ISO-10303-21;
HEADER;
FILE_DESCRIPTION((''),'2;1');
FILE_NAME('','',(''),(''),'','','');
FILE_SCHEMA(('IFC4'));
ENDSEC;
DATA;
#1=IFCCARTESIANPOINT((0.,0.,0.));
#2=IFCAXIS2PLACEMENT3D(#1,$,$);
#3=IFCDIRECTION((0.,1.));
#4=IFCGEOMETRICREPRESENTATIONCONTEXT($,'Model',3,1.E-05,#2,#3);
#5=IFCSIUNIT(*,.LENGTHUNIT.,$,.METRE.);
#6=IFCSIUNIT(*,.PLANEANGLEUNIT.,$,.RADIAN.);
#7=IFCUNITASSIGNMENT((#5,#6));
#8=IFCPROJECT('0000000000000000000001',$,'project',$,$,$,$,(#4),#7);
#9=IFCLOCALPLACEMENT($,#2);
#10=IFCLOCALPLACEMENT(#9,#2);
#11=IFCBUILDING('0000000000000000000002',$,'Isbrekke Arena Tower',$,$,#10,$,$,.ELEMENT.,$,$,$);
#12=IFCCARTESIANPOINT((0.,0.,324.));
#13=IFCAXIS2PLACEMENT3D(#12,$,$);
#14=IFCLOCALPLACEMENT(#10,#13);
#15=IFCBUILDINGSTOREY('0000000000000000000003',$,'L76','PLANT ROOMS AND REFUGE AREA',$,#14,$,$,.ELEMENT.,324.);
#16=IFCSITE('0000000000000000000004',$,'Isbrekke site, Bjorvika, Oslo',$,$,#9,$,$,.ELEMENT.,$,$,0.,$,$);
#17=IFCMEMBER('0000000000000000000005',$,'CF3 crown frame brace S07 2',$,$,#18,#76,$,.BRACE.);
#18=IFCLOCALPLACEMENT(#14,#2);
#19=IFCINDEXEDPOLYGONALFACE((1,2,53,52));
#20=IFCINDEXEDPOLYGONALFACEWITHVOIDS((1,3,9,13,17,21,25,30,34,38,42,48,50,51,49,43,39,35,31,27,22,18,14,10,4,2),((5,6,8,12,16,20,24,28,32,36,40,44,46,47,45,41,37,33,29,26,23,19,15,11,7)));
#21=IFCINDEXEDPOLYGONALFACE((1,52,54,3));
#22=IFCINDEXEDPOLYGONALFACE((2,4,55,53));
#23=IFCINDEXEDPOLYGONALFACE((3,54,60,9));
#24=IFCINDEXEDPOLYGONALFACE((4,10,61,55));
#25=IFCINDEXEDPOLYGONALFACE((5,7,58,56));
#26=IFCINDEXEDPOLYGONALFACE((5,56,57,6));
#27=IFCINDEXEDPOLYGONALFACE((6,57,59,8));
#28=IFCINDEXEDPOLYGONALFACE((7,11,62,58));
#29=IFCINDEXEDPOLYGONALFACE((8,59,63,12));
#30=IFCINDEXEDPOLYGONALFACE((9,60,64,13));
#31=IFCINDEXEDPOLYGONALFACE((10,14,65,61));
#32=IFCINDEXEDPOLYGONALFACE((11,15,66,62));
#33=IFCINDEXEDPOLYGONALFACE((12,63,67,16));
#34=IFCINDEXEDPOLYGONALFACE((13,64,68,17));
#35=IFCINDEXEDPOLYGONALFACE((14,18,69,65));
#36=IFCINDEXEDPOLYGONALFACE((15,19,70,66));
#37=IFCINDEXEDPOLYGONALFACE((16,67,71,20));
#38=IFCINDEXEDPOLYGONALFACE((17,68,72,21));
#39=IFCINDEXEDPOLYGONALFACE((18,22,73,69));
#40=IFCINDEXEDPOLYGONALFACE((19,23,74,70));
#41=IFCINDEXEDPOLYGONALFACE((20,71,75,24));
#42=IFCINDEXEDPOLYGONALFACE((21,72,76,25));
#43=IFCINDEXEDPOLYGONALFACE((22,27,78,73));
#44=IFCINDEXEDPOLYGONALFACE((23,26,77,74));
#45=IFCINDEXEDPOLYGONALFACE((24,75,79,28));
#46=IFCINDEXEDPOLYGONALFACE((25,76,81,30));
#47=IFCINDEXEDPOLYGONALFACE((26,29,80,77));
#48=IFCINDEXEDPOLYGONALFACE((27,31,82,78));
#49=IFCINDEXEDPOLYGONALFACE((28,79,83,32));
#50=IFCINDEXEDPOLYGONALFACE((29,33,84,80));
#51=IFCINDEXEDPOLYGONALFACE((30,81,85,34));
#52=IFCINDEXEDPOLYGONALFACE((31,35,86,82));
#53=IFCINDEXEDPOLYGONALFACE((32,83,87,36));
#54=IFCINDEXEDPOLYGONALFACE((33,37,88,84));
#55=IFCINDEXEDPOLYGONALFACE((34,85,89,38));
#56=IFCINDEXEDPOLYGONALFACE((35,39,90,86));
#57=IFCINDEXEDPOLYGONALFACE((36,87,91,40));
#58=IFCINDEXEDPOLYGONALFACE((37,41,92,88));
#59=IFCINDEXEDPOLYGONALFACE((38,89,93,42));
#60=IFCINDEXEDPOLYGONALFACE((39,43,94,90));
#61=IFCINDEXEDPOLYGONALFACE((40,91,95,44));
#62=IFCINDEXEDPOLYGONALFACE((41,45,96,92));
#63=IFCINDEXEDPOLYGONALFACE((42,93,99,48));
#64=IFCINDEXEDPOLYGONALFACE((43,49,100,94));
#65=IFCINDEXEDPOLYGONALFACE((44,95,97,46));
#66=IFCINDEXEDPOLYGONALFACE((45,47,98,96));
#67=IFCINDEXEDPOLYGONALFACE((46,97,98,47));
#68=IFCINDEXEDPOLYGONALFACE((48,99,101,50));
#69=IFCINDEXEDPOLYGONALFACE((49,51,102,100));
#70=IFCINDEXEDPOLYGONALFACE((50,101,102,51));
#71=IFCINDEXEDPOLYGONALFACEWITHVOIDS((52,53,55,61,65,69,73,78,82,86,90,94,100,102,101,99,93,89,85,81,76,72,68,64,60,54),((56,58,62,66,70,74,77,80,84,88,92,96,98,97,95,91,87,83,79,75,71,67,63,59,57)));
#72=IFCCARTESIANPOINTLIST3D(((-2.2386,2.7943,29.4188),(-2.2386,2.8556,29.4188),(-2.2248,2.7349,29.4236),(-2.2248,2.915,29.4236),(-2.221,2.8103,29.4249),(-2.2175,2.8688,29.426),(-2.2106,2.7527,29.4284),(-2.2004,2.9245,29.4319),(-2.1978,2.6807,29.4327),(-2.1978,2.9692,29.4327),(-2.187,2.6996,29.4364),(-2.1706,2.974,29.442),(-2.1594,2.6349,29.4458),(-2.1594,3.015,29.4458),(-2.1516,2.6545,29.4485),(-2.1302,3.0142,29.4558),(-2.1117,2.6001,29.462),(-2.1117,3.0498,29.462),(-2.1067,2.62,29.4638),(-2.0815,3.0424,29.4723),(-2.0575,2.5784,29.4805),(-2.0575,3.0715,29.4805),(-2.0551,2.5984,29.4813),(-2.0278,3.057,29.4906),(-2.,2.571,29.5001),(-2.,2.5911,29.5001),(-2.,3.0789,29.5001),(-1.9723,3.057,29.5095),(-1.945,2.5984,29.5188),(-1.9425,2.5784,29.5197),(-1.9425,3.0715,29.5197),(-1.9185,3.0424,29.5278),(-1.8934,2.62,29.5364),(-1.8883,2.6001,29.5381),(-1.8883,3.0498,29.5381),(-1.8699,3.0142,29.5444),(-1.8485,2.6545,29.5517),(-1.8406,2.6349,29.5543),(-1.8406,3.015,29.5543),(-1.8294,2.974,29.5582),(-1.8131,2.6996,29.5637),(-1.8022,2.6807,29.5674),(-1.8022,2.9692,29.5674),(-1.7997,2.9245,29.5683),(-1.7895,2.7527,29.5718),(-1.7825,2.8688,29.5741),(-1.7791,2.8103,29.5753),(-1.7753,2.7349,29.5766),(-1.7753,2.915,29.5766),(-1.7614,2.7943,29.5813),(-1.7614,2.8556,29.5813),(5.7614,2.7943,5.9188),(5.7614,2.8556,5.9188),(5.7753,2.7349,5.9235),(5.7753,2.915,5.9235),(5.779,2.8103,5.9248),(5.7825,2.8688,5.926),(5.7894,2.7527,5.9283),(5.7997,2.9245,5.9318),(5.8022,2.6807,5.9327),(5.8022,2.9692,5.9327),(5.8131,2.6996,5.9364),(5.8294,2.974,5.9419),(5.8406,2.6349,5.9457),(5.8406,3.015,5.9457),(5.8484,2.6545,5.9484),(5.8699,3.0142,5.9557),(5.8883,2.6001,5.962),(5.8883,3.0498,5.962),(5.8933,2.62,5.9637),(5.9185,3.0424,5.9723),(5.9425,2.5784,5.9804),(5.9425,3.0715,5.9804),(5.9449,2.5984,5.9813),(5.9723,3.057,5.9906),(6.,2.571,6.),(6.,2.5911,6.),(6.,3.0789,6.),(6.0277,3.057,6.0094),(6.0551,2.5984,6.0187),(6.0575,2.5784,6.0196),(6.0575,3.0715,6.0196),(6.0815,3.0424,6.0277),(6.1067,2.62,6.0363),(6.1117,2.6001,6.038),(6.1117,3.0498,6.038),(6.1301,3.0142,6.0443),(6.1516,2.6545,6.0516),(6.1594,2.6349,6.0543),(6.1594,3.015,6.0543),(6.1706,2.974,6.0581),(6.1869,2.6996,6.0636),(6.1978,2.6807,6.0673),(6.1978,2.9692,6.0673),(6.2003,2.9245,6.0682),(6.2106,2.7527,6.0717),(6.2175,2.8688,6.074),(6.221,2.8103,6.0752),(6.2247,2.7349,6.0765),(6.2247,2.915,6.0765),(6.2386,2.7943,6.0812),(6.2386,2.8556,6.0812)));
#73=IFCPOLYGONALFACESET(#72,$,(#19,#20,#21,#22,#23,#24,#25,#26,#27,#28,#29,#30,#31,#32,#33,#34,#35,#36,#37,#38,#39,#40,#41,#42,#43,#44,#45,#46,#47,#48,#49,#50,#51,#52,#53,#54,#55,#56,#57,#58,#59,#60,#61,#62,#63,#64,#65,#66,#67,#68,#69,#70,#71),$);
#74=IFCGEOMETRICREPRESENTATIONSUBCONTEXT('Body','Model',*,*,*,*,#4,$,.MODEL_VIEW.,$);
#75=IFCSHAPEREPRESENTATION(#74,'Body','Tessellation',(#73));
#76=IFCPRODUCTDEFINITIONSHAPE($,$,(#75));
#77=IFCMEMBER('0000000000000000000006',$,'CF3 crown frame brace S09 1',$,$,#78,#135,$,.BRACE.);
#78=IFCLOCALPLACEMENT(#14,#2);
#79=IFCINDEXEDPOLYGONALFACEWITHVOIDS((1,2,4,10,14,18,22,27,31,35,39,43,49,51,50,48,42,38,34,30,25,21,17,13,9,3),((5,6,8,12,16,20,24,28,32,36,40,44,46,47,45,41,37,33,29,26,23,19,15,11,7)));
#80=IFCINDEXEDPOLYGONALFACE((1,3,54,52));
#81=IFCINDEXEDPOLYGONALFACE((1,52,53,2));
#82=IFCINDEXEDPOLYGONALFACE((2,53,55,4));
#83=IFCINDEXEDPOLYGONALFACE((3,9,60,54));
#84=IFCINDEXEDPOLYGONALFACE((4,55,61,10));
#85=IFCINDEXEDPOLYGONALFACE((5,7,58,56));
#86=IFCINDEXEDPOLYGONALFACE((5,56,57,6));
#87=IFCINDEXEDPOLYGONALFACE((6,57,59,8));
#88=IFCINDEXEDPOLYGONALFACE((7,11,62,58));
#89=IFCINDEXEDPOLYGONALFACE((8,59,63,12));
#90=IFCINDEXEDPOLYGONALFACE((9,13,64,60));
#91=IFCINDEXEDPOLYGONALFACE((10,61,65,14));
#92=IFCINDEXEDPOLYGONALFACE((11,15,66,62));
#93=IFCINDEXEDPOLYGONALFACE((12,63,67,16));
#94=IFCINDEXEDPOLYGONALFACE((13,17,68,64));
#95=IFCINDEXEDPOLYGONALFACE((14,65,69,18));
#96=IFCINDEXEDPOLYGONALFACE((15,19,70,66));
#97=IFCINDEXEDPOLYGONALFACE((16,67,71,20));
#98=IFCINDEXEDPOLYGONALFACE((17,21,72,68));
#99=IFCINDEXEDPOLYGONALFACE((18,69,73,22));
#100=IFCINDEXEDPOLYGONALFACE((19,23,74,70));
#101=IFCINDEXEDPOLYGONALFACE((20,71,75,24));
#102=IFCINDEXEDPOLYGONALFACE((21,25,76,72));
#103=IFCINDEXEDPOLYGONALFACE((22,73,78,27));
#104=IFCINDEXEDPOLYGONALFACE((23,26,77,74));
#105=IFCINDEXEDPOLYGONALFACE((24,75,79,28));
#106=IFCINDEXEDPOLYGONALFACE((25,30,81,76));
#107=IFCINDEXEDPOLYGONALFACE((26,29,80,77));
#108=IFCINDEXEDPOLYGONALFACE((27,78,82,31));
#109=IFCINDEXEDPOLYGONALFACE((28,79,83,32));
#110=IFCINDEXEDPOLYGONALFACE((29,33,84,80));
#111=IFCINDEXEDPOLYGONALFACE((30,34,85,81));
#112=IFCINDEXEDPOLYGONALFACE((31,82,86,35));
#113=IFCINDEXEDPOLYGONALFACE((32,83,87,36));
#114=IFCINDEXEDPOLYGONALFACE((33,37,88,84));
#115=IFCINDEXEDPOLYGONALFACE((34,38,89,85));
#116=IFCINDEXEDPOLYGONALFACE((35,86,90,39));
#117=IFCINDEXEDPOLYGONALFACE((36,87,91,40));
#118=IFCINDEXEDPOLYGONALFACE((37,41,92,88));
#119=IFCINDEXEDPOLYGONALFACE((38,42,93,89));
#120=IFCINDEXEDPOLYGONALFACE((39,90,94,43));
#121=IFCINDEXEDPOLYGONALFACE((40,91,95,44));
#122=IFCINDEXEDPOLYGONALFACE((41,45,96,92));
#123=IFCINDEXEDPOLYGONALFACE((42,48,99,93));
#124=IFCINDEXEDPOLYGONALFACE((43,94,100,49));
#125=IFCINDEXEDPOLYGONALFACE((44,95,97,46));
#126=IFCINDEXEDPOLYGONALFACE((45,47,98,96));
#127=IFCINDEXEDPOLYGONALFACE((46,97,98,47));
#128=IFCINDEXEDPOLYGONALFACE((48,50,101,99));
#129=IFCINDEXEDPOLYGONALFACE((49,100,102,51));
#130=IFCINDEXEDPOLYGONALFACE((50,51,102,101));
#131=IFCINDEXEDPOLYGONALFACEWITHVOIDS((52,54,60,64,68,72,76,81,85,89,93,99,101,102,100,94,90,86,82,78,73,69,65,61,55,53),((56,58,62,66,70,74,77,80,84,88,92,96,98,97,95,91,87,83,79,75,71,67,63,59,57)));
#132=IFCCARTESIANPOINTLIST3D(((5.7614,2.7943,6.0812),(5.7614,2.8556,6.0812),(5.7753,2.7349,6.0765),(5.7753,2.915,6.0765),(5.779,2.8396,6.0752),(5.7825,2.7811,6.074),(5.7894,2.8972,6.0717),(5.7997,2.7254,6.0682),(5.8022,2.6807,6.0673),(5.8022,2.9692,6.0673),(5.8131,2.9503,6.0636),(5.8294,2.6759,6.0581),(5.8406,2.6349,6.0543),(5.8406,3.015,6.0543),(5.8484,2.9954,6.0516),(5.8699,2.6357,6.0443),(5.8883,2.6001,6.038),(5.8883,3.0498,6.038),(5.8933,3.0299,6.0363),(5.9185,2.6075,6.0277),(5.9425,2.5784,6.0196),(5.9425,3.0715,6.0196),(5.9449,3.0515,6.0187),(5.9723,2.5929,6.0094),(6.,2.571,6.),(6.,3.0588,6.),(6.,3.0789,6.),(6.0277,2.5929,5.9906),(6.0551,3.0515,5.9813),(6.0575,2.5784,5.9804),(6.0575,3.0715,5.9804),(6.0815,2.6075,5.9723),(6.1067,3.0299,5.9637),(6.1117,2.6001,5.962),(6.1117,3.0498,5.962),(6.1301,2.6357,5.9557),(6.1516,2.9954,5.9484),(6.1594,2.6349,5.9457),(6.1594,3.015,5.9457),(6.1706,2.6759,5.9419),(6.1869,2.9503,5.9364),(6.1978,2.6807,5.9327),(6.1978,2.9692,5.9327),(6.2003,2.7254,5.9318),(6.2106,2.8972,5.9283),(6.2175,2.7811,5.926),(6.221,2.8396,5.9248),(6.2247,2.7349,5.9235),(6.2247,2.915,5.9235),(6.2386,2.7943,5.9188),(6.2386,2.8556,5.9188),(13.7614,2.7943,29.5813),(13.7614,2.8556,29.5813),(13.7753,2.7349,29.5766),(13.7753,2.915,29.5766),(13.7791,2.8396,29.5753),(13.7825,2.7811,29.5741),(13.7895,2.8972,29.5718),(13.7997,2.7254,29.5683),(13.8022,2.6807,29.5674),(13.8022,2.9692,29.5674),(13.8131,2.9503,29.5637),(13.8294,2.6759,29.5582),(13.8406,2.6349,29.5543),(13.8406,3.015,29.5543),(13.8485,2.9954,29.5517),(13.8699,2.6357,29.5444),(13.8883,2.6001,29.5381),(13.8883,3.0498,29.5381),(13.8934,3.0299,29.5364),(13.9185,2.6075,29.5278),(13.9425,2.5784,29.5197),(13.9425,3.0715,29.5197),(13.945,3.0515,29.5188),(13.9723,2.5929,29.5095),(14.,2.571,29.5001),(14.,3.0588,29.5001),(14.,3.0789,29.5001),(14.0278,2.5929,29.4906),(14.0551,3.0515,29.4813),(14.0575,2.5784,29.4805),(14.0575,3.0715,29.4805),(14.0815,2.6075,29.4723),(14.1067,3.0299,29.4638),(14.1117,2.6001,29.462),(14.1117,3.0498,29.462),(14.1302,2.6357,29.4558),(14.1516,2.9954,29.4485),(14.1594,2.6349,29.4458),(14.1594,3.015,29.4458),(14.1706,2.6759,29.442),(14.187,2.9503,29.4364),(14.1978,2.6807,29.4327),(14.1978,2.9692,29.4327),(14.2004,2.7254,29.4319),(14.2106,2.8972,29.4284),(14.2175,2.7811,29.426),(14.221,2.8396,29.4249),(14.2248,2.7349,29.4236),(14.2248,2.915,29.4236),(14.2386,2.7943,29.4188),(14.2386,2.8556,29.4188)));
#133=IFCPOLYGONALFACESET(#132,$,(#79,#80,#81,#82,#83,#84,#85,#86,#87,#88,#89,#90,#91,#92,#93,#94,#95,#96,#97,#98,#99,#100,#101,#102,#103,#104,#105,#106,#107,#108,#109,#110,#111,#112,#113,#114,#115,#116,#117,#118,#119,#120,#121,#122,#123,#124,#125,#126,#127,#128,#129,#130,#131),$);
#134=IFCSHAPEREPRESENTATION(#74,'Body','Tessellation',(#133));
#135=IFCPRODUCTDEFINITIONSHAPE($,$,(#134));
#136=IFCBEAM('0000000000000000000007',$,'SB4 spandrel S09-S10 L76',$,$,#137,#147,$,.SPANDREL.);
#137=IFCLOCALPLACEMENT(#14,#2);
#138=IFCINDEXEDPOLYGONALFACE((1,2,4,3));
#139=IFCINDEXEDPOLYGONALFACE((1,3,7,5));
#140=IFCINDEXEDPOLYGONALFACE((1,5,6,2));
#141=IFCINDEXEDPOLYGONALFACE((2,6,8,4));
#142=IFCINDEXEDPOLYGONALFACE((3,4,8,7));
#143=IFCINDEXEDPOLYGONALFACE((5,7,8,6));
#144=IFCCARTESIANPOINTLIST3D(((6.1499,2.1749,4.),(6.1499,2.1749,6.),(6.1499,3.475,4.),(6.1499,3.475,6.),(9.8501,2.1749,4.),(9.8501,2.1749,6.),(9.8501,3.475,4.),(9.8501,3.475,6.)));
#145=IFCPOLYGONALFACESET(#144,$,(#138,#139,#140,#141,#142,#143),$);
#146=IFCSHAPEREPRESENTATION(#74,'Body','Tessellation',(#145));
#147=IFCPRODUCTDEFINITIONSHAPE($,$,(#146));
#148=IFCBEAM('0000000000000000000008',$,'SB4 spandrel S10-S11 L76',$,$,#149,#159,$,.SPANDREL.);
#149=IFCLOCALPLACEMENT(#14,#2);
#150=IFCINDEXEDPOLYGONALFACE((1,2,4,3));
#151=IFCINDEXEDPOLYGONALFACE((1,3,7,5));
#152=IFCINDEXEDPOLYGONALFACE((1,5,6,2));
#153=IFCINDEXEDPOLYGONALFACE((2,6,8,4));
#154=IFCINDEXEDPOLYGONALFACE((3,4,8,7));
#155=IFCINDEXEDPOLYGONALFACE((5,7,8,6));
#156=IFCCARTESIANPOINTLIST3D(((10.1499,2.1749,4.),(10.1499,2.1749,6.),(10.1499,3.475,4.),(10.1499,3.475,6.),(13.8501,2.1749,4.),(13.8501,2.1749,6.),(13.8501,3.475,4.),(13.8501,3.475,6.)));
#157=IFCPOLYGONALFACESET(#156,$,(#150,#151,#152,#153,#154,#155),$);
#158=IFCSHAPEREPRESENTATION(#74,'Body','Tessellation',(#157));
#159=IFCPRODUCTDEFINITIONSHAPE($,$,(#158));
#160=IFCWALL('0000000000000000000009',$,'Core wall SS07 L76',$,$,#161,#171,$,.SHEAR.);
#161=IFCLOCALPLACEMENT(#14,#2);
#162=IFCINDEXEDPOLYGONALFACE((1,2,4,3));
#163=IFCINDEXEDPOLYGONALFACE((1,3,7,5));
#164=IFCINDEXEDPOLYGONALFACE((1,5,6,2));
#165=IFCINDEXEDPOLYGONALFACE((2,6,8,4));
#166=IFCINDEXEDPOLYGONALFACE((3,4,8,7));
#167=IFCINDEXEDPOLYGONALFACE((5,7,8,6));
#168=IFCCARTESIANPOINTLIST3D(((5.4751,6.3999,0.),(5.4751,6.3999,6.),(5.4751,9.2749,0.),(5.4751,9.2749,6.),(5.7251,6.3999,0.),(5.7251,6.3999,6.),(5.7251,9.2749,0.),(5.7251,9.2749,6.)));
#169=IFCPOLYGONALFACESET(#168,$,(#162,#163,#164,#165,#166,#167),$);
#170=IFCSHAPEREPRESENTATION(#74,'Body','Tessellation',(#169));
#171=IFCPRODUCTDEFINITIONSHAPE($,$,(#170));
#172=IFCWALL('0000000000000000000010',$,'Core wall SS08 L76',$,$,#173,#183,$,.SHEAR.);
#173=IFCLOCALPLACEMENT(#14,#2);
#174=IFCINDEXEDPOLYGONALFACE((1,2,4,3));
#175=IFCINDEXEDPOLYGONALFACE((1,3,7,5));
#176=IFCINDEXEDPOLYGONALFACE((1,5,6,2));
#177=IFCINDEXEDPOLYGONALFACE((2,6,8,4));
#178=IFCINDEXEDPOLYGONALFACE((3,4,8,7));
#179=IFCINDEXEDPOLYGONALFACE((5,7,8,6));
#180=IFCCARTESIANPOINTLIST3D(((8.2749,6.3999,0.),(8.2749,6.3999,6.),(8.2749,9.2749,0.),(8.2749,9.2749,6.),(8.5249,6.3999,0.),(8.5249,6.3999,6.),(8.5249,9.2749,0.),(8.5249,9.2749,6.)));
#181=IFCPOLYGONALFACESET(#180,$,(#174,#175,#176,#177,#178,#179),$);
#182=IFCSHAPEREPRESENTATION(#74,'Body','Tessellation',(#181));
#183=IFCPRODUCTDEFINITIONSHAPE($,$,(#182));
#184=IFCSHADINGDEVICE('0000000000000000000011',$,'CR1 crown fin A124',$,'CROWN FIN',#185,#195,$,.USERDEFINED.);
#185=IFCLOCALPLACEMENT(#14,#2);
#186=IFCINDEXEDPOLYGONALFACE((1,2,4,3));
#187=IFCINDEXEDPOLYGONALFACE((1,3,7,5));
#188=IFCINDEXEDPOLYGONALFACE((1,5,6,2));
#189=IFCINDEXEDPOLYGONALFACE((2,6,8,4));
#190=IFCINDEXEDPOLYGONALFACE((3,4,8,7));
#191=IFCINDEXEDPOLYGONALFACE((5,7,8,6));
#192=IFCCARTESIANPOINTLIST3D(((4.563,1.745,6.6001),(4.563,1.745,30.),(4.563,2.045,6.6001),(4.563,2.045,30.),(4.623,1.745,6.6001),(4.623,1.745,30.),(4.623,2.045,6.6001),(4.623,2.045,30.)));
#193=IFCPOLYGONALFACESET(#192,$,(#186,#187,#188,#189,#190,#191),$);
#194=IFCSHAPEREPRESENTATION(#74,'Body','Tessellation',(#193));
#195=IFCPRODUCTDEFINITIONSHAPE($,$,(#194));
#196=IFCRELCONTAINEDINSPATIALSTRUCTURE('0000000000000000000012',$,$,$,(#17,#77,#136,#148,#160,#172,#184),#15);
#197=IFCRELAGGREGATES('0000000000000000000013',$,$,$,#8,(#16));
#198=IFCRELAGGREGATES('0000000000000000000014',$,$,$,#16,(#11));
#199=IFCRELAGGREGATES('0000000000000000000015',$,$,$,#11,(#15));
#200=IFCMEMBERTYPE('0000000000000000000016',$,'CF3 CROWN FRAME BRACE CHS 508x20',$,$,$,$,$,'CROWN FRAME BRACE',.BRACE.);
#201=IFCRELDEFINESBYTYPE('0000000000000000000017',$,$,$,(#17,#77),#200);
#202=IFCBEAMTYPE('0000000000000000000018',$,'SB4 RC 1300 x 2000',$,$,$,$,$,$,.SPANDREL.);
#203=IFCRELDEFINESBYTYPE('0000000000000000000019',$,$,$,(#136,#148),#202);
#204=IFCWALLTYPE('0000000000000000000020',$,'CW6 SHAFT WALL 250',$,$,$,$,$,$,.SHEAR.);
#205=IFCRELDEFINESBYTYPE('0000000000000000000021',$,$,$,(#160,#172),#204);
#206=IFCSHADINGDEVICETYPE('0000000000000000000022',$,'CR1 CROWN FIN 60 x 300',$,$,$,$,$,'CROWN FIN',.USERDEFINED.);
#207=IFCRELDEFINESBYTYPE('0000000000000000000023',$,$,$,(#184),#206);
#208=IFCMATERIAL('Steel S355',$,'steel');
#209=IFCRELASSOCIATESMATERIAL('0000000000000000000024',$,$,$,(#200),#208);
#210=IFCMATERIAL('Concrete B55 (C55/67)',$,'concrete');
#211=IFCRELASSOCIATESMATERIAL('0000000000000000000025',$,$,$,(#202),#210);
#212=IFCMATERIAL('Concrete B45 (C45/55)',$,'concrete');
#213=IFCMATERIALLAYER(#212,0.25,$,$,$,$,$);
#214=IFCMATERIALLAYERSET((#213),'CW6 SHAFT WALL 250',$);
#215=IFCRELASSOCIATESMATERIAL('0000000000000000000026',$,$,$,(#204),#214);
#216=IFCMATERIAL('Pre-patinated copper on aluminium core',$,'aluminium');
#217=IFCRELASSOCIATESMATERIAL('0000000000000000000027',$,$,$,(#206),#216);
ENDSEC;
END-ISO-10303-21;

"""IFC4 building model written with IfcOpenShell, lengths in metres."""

from ifc_helpers import new_model, si_unit, direction, frame, frame_2d, origin, origin_2d, place, context, subcontext, project, spatial, rectangle, hollow_circle, extrude, material, layer, layer_set, material_profile, profile_set, type_object, element, save


model = new_model("IFC4")

# Units and contexts
model_context = context("Model", 3, precision=1e-05, world=origin(), true_north=direction((0.0, 1.0)))
body_context = subcontext(model_context, "Body", "Model", "MODEL_VIEW")
ifc_project = project(units=[si_unit("LENGTHUNIT", "METRE"), si_unit("PLANEANGLEUNIT", "RADIAN")], contexts=[model_context])

# Site, building, storey
site_placement = place(None, origin())
site = spatial("IfcSite", under=ifc_project, at=site_placement, Name="Isbrekke site, Bjorvika, Oslo", CompositionType="ELEMENT", RefElevation=0.0)
building_placement = place(site_placement, origin())
building = spatial("IfcBuilding", under=site, at=building_placement, Name="Isbrekke Arena Tower", CompositionType="ELEMENT")
storey_placement = place(building_placement, frame((0.0, 0.0, 324.0)))
storey = spatial("IfcBuildingStorey", under=building, at=storey_placement, Name="L76", Description="PLANT ROOMS AND REFUGE AREA", CompositionType="ELEMENT", Elevation=324.0)

# Members
ifc_material_1 = material(Name="Steel S355", Category="steel")
ifc_material_profile_1 = material_profile(ifc_material_1, hollow_circle(Radius=0.2539, WallThickness=0.02, at=origin_2d()), Name="CHS 508x20")
ifc_profile_set_1 = profile_set([ifc_material_profile_1], Name="Steel S355")
member_type = type_object("IfcMemberType", Name="CF3 CROWN FRAME BRACE CHS 508x20", ElementType="CROWN FRAME BRACE", PredefinedType="BRACE", material=ifc_profile_set_1)
for number, where, z_axis, x_axis, name in (
    (1, (6.0, 2.825, 6.0), (-0.322264, 0.0, 0.94665), (0.0, -1.0, 0.0), "CF3 crown frame brace S07 2"),
    (2, (6.0, 2.825, 6.0), (0.322264, 0.0, 0.94665), (0.0, 1.0, 0.0), "CF3 crown frame brace S09 1"),
):
    element("IfcMember", number, at=place(storey_placement, frame(where, z_axis=z_axis, x_axis=x_axis)), inside=storey, type_object=member_type, Name=name, PredefinedType="BRACE", context=body_context, shape_type="SweptSolid", body=[
        extrude(hollow_circle(Radius=0.2539, WallThickness=0.02, at=origin_2d()), origin(), (0.0, 0.0, 1.0), 24.8245),
    ])

# Beams
ifc_material_2 = material(Name="Concrete B55 (C55/67)", Category="concrete")
ifc_material_profile_2 = material_profile(ifc_material_2, rectangle(XDim=1.3, YDim=2.0, at=origin_2d()), Name="RC 1300x2000")
ifc_profile_set_2 = profile_set([ifc_material_profile_2], Name="Concrete B55 (C55/67)")
beam_type_1 = type_object("IfcBeamType", Name="SB4 RC 1300 x 2000", PredefinedType="SPANDREL", material=ifc_profile_set_2)
for number, where, z_axis, x_axis, name in (
    (3, (6.1499, 2.825, 5.0), (1.0, 0.0, 0.0), (0.0, 1.0, 0.0), "SB4 spandrel S09-S10 L76"),
    (4, (10.1499, 2.825, 5.0), (1.0, 0.0, 0.0), (0.0, 1.0, 0.0), "SB4 spandrel S10-S11 L76"),
):
    element("IfcBeam", number, at=place(storey_placement, frame(where, z_axis=z_axis, x_axis=x_axis)), inside=storey, type_object=beam_type_1, Name=name, PredefinedType="SPANDREL", context=body_context, shape_type="SweptSolid", body=[
        extrude(rectangle(XDim=1.3, YDim=2.0, at=origin_2d()), origin(), (0.0, 0.0, 1.0), 3.7002),
    ])

# Walls
ifc_material_3 = material(Name="Concrete B45 (C45/55)", Category="concrete")
ifc_layer = layer(ifc_material_3, 0.25)
ifc_layer_set = layer_set([ifc_layer], Name="CW6 SHAFT WALL 250")
wall_type = type_object("IfcWallType", Name="CW6 SHAFT WALL 250", PredefinedType="SHEAR", material=ifc_layer_set)
for number, where, z_axis, x_axis, name in (
    (5, (5.6001, 6.3999, 0.0), (0.0, 0.0, 1.0), (0.0, 1.0, 0.0), "Core wall SS07 L76"),
    (6, (8.3999, 6.3999, 0.0), (0.0, 0.0, 1.0), (0.0, 1.0, 0.0), "Core wall SS08 L76"),
):
    element("IfcWall", number, at=place(storey_placement, frame(where, z_axis=z_axis, x_axis=x_axis)), inside=storey, type_object=wall_type, Name=name, PredefinedType="SHEAR", context=body_context, shape_type="SweptSolid", body=[
        extrude(rectangle(XDim=2.875, YDim=0.25, at=frame_2d((1.4375, 0.0))), origin(), (0.0, 0.0, 1.0), 6.0),
    ])

# Shading device
ifc_material_4 = material(Name="Pre-patinated copper on aluminium core", Category="aluminium")
ifc_material_profile_3 = material_profile(ifc_material_4, rectangle(XDim=0.0601, YDim=0.3, at=origin_2d()), Name="FIN 60X300")
ifc_profile_set_3 = profile_set([ifc_material_profile_3], Name="Pre-patinated copper on aluminium core")
shading_device_type = type_object("IfcShadingDeviceType", Name="CR1 CROWN FIN 60 x 300", ElementType="CROWN FIN", PredefinedType="USERDEFINED", material=ifc_profile_set_3)
for number, where, z_axis, x_axis, name in (
    (7, (4.593, 1.895, 6.6001), (0.0, 0.0, 1.0), (1.0, 0.0, 0.0), "CR1 crown fin A124"),
):
    element("IfcShadingDevice", number, at=place(storey_placement, frame(where, z_axis=z_axis, x_axis=x_axis)), inside=storey, type_object=shading_device_type, Name=name, ObjectType="CROWN FIN", PredefinedType="USERDEFINED", context=body_context, shape_type="SweptSolid", body=[
        extrude(rectangle(XDim=0.0601, YDim=0.3, at=origin_2d()), origin(), (0.0, 0.0, 1.0), 23.3999),
    ])

save(model, "model.ifc")
